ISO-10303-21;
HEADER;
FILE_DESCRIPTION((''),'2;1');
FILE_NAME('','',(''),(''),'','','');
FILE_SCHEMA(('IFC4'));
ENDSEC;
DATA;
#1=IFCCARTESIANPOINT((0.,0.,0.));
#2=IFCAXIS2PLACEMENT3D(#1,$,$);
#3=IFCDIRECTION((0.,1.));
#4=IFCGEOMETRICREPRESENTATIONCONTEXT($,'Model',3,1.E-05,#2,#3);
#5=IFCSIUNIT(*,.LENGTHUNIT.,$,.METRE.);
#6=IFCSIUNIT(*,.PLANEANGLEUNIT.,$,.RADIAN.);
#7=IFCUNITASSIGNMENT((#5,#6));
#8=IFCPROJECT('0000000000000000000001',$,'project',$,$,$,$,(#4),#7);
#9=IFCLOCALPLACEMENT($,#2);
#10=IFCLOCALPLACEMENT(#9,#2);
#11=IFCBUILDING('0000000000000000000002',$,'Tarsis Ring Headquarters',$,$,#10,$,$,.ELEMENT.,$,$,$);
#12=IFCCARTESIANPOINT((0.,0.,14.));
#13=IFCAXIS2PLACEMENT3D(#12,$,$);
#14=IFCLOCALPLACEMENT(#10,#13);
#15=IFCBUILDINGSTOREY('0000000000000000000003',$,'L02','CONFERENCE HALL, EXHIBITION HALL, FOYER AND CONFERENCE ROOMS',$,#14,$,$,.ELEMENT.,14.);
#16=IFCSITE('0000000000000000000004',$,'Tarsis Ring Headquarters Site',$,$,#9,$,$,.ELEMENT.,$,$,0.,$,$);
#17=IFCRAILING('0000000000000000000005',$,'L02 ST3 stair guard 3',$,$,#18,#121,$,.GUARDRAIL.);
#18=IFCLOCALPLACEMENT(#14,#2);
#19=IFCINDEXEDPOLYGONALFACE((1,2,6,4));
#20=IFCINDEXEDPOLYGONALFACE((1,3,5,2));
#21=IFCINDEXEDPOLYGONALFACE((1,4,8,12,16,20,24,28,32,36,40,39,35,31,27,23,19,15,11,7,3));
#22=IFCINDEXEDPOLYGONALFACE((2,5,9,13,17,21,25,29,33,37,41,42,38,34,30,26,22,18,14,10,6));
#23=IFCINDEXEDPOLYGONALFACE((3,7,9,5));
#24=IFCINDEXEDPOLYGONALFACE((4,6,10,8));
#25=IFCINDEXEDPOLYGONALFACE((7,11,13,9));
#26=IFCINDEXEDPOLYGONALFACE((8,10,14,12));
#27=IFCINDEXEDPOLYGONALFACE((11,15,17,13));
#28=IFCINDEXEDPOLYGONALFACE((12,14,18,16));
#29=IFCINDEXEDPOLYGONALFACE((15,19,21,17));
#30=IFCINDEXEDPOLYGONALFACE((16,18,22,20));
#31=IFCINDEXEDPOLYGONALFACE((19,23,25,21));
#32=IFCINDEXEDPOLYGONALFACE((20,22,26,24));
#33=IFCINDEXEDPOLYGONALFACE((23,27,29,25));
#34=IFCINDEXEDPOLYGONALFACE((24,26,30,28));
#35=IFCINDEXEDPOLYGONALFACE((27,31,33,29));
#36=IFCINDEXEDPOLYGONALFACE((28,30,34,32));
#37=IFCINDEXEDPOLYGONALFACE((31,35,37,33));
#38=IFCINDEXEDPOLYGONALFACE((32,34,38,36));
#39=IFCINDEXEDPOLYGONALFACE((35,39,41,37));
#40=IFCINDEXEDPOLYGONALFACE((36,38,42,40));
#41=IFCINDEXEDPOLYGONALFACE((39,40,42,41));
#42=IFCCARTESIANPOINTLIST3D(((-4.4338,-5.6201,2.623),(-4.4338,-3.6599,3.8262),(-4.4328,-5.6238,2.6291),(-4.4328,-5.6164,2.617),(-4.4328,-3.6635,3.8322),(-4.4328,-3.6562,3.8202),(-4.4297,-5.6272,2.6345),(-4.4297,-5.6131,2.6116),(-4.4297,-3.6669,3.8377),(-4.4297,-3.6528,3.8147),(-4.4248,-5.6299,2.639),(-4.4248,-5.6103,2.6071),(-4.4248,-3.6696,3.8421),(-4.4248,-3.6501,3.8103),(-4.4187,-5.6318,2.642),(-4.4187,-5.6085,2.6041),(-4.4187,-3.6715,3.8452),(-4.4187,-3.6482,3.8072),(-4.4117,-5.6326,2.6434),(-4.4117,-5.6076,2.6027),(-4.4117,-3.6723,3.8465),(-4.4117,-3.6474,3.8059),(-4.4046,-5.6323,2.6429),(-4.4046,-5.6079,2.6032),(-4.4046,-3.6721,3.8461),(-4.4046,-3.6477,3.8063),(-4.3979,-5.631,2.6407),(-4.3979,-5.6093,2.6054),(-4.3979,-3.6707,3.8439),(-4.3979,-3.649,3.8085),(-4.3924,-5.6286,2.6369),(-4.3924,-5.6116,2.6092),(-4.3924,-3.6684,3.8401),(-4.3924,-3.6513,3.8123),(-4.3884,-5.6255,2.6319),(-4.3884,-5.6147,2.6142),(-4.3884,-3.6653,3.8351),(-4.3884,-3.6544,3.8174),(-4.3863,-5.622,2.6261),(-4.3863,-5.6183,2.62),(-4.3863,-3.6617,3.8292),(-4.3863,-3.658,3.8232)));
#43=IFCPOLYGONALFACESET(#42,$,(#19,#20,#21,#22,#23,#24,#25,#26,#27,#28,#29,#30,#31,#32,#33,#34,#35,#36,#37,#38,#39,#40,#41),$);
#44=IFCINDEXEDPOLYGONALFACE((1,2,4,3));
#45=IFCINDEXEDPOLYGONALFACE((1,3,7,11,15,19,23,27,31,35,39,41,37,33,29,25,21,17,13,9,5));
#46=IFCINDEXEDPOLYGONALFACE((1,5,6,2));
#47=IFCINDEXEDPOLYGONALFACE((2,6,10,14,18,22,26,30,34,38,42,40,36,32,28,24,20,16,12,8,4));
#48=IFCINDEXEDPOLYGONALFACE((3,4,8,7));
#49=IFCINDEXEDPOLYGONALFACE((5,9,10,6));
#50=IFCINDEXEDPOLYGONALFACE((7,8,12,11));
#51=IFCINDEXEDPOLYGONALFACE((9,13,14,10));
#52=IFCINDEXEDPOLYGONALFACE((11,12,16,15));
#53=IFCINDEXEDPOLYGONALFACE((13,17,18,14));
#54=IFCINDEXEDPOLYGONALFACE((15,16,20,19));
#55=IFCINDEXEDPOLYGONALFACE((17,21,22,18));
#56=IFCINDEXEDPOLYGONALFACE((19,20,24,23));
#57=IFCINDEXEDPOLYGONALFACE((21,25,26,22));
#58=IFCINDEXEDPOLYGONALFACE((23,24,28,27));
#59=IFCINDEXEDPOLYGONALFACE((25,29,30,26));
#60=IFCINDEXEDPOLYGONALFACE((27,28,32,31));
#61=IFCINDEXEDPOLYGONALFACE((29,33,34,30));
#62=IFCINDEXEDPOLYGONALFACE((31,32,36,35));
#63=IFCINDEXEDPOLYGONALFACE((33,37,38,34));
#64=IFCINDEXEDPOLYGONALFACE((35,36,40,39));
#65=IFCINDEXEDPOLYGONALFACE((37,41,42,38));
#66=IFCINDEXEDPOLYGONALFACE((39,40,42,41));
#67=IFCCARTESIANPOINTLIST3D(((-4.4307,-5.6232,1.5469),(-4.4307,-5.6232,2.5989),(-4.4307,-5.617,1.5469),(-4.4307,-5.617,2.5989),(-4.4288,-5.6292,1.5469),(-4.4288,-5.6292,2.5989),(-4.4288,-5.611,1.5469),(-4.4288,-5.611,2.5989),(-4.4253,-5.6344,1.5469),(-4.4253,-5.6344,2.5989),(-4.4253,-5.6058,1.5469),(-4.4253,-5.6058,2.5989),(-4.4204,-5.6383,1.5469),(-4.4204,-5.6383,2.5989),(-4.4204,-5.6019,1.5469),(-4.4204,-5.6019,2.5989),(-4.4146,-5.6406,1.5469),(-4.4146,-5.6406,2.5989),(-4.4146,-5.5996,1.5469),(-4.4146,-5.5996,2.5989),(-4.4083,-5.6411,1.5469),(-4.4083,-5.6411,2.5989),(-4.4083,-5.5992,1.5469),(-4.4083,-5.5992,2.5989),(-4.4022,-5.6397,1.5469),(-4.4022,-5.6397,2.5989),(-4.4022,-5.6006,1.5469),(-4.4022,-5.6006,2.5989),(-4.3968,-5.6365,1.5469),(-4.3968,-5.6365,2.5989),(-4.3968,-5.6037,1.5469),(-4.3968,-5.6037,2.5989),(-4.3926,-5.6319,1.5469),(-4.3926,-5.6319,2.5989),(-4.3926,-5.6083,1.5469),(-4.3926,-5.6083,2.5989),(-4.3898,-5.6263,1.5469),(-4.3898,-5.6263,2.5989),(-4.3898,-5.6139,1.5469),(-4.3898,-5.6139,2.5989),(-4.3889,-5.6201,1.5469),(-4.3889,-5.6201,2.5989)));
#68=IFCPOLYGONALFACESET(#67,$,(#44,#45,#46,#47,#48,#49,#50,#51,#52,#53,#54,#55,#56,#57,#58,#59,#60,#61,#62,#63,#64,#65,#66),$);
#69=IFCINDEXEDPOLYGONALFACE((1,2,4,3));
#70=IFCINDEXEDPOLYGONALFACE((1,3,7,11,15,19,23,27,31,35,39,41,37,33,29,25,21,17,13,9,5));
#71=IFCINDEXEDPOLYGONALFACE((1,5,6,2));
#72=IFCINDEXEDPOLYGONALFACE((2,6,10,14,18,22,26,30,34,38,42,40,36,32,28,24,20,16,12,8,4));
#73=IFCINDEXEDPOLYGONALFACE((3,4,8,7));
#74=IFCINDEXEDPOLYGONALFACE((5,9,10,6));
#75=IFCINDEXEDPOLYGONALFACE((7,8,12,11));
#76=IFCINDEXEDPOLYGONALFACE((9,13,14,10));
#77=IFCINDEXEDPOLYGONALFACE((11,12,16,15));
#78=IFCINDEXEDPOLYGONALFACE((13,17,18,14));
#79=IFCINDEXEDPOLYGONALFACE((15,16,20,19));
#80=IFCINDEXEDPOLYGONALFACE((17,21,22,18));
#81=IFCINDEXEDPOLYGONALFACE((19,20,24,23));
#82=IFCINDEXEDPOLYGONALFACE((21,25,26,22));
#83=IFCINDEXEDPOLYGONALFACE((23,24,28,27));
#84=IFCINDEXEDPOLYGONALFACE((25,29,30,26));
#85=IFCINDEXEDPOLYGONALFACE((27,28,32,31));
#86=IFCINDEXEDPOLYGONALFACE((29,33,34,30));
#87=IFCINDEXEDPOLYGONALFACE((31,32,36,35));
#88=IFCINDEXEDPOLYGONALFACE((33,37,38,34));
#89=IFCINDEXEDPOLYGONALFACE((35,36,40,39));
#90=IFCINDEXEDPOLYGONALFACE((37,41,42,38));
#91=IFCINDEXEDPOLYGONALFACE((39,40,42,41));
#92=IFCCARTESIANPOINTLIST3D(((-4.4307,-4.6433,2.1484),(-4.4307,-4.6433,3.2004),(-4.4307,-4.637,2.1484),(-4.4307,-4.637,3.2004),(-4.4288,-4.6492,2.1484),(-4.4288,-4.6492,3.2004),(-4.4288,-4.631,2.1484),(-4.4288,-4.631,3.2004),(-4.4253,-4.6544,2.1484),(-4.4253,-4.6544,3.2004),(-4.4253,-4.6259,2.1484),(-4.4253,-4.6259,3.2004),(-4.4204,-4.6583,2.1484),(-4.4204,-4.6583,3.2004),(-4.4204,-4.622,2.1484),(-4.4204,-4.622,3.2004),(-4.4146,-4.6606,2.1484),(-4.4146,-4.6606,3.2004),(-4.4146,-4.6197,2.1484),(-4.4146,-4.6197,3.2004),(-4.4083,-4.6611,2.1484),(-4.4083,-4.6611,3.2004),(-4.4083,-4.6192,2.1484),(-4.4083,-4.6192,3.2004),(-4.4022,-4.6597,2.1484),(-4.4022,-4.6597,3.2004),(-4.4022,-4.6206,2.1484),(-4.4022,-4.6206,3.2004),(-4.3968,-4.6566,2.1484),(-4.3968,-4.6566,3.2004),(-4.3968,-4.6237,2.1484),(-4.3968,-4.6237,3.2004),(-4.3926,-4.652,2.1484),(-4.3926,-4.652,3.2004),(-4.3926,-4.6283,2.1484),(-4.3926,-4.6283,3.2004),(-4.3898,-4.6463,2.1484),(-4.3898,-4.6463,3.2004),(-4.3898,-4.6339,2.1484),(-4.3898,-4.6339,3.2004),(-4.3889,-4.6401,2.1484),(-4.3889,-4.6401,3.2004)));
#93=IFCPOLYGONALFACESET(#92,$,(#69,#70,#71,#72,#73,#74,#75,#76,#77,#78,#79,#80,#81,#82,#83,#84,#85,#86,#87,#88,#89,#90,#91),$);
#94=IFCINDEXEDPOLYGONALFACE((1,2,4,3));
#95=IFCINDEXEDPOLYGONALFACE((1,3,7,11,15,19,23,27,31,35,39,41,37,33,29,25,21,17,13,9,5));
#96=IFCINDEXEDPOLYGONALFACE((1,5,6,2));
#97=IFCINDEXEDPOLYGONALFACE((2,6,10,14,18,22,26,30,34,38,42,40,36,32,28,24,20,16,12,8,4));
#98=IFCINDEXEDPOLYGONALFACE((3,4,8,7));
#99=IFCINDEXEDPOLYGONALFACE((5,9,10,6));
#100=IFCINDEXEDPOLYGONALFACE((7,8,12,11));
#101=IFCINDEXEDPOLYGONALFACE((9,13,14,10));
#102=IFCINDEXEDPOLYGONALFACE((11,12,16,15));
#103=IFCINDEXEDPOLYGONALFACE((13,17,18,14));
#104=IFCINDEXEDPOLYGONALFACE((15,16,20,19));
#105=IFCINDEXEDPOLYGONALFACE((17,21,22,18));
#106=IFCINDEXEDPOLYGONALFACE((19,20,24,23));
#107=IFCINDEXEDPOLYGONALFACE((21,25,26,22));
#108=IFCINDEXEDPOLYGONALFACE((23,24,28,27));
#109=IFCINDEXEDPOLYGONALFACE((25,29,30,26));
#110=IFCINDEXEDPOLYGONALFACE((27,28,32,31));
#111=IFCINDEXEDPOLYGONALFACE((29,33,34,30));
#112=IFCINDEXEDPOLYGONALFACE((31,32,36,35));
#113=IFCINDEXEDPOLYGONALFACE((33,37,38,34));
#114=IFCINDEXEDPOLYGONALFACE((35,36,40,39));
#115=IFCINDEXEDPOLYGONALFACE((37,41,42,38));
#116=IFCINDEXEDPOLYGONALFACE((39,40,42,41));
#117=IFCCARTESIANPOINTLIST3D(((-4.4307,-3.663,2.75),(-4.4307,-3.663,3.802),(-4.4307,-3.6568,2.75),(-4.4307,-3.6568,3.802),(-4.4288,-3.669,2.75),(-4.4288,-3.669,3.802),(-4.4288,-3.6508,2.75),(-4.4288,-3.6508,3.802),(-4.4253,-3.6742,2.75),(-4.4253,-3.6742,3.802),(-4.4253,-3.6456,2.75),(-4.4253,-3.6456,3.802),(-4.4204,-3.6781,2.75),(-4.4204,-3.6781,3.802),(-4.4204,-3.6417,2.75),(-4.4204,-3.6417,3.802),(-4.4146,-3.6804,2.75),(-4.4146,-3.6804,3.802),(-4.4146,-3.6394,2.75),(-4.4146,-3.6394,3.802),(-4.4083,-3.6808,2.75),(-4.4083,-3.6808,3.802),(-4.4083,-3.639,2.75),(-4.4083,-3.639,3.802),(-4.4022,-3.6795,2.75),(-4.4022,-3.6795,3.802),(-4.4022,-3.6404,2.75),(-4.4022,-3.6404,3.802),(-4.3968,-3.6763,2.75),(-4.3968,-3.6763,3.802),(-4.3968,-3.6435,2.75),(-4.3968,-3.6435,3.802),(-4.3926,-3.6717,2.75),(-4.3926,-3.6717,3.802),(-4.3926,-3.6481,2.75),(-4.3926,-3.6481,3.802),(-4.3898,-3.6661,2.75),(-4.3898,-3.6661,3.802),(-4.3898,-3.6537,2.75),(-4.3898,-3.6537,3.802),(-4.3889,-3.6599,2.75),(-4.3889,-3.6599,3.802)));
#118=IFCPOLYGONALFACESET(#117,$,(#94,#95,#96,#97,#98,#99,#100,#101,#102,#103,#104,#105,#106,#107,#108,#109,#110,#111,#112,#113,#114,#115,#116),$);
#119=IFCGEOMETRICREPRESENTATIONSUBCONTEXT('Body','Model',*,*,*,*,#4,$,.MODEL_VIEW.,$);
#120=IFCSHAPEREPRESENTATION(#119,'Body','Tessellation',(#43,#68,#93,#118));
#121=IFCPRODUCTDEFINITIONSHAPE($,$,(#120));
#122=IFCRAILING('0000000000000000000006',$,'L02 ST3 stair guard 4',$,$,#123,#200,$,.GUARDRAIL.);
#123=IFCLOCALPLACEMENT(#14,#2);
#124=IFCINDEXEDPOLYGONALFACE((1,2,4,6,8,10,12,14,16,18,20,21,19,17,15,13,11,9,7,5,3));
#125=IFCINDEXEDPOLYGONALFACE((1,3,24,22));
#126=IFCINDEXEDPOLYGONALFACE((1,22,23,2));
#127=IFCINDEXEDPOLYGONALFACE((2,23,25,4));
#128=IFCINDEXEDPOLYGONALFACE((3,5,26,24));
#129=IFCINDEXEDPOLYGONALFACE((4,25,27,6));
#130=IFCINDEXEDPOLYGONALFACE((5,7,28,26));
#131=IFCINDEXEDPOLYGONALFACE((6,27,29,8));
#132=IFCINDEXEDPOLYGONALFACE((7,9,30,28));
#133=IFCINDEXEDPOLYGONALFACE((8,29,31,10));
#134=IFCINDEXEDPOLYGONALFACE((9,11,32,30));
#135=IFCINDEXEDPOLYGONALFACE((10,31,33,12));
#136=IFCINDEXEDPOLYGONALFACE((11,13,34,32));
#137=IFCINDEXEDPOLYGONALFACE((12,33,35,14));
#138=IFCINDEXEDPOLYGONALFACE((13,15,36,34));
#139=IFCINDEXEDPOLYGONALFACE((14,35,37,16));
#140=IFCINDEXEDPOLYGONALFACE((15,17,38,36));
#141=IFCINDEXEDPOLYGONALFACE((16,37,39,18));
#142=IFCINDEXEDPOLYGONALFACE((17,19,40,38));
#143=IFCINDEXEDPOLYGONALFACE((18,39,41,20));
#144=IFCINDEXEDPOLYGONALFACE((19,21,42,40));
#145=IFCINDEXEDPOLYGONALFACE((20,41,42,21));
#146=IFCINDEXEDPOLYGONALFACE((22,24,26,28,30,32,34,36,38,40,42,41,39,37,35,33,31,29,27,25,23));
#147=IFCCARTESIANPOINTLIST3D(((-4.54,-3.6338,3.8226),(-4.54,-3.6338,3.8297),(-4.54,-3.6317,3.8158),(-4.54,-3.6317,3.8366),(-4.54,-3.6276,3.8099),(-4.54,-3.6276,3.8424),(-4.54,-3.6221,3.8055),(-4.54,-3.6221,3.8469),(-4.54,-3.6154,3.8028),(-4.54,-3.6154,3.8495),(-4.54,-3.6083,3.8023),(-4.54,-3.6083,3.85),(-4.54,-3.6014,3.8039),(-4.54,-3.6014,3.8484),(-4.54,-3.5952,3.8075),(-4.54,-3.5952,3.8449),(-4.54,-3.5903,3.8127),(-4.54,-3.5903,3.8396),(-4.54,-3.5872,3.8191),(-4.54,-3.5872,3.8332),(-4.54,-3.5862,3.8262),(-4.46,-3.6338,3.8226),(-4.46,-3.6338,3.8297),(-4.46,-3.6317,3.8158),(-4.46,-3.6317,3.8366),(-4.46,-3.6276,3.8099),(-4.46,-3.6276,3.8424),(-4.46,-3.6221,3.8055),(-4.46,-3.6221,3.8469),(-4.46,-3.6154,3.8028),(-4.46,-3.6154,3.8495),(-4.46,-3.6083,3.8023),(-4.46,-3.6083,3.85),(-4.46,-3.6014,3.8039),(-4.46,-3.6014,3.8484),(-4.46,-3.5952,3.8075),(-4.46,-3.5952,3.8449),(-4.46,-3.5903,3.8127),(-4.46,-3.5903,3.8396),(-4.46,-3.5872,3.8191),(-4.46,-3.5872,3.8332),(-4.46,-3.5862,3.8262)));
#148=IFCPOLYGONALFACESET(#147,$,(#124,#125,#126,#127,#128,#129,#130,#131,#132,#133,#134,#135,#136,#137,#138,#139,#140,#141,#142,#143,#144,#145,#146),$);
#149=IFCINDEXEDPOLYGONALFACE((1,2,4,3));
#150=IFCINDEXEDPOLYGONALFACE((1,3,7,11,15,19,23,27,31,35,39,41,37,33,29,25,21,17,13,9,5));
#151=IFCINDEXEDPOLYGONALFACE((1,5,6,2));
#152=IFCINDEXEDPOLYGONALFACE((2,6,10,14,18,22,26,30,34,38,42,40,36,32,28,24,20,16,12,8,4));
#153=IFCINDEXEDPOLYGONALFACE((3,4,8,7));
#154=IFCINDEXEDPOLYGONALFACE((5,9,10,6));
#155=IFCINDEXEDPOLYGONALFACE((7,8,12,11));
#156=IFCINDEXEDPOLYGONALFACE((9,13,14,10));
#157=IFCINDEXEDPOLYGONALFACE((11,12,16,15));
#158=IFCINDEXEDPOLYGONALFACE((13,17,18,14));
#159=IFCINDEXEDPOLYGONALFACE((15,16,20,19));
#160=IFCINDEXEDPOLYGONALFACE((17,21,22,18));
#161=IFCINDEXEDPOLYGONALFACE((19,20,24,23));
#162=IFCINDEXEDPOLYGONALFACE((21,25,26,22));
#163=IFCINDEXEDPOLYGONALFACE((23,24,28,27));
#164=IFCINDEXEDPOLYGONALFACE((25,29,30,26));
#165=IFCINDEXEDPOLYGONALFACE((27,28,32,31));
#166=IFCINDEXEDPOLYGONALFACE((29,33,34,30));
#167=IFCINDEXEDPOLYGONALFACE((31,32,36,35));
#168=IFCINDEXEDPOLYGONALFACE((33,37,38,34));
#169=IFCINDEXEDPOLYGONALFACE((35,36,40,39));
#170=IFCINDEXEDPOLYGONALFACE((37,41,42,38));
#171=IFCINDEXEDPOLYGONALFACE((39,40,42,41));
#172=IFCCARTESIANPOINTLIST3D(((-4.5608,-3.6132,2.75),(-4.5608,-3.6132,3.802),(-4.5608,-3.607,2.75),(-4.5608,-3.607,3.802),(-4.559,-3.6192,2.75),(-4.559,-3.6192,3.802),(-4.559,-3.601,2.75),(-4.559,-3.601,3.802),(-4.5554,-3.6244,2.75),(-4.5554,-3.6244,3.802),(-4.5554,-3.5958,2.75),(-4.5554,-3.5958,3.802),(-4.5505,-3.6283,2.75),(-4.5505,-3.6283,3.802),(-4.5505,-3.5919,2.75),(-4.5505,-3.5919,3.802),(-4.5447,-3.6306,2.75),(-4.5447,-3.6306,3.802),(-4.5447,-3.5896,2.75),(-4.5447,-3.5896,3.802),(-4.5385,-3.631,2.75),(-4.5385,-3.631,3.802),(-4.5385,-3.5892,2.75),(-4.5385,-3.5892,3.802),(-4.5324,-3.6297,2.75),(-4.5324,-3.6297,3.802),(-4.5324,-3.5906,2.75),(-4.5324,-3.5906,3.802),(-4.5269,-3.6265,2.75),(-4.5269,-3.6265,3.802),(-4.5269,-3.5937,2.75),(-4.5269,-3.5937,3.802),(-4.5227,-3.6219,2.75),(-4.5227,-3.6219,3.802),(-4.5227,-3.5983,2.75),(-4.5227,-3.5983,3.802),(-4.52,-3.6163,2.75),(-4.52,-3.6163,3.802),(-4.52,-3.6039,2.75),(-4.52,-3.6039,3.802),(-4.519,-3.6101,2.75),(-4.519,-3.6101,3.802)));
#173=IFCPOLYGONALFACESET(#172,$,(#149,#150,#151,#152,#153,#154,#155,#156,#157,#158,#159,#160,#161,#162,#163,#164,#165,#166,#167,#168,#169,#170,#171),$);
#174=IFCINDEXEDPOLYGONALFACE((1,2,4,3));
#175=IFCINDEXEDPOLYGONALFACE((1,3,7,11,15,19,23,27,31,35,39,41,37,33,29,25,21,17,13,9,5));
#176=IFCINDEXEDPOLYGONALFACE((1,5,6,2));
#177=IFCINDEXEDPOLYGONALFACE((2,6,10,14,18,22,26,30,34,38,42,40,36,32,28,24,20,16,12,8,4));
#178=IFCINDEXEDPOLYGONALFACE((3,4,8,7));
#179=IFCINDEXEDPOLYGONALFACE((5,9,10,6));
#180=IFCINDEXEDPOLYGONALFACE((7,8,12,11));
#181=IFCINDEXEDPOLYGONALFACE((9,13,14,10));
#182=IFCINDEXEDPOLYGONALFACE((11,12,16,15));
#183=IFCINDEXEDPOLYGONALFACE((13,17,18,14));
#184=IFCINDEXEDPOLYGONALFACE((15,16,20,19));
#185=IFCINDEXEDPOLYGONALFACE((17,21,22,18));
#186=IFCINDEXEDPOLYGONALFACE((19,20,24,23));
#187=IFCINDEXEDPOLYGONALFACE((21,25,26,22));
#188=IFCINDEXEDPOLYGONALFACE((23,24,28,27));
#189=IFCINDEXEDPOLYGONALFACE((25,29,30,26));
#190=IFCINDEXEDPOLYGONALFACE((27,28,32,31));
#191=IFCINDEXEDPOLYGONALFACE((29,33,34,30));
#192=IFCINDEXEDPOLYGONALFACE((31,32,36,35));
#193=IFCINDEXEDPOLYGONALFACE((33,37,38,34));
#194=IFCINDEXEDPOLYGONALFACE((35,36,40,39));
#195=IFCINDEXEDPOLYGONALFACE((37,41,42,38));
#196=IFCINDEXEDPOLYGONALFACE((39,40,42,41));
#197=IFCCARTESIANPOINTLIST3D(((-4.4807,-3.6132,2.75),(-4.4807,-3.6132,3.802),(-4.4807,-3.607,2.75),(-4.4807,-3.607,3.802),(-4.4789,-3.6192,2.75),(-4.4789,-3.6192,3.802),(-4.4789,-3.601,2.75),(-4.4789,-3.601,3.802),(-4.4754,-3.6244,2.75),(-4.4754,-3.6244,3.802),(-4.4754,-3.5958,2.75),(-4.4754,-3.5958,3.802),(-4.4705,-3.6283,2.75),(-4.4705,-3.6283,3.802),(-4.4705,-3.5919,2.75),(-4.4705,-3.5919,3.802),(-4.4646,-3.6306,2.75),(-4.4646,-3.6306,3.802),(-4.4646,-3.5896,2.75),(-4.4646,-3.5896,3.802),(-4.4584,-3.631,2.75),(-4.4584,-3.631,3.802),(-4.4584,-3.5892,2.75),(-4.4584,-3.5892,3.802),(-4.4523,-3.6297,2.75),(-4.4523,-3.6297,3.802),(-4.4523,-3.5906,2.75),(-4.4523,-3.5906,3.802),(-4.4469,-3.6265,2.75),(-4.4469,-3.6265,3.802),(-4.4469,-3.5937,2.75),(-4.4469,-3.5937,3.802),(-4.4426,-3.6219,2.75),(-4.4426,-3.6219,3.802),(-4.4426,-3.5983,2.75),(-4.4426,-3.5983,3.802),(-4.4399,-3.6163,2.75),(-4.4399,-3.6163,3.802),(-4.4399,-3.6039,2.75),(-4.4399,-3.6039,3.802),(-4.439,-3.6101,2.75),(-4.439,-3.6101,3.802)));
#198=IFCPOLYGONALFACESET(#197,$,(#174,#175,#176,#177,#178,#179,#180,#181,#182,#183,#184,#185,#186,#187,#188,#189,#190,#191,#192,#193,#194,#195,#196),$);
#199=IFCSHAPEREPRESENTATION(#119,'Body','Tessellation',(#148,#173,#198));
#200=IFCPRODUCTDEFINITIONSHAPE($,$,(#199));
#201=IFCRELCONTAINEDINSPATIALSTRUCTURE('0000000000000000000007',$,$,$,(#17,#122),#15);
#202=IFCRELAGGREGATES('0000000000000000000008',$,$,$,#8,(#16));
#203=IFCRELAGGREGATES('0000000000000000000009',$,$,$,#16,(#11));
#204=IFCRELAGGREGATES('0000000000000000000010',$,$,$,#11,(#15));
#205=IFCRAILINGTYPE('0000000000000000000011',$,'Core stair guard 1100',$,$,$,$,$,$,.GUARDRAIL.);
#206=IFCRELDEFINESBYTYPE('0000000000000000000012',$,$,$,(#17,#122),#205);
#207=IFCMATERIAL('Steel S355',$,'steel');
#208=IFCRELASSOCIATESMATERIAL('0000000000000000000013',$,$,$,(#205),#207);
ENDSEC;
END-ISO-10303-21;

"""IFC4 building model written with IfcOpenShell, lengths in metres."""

from ifc_helpers import new_model, si_unit, direction, frame, origin, origin_2d, place, context, subcontext, project, spatial, circle, extrude, material, type_object, element, save


model = new_model("IFC4")

# Units and contexts
model_context = context("Model", 3, precision=1e-05, world=origin(), true_north=direction((0.0, 1.0)))
body_context = subcontext(model_context, "Body", "Model", "MODEL_VIEW")
ifc_project = project(units=[si_unit("LENGTHUNIT", "METRE"), si_unit("PLANEANGLEUNIT", "RADIAN")], contexts=[model_context])

# Site, building, storey
site_placement = place(None, origin())
site = spatial("IfcSite", under=ifc_project, at=site_placement, Name="Tarsis Ring Headquarters Site", CompositionType="ELEMENT", RefElevation=0.0)
building_placement = place(site_placement, origin())
building = spatial("IfcBuilding", under=site, at=building_placement, Name="Tarsis Ring Headquarters", CompositionType="ELEMENT")
storey_placement = place(building_placement, frame((0.0, 0.0, 14.0)))
storey = spatial("IfcBuildingStorey", under=building, at=storey_placement, Name="L02", Description="CONFERENCE HALL, EXHIBITION HALL, FOYER AND CONFERENCE ROOMS", CompositionType="ELEMENT", Elevation=14.0)

# Railings
ifc_material_1 = material(Name="Steel S355", Category="steel")
railing_type_1 = type_object("IfcRailingType", Name="Core stair guard 1100", PredefinedType="GUARDRAIL", material=ifc_material_1)
railing_1_placement = place(storey_placement, frame((-4.4099, -5.6201, 1.5469)))
element("IfcRailing", 1, at=railing_1_placement, inside=storey, type_object=railing_type_1, Name="L02 ST3 stair guard 3", PredefinedType="GUARDRAIL", context=body_context, shape_type="SweptSolid", body=[
    extrude(circle(Radius=0.0239, at=origin_2d()), frame((0.0, 0.0, 1.0762), z_axis=(0.0, 0.85227, 0.523102), x_axis=(-1.0, 0.0, 0.0)), (0.0, 0.0, 1.0), 2.3),
    extrude(circle(Radius=0.021, at=origin_2d()), origin(), (0.0, 0.0, 1.0), 1.052),
    extrude(circle(Radius=0.021, at=origin_2d()), frame((0.0, 0.98, 0.6016)), (0.0, 0.0, 1.0), 1.052),
    extrude(circle(Radius=0.021, at=origin_2d()), frame((0.0, 1.9602, 1.2031)), (0.0, 0.0, 1.0), 1.052),
])
railing_2_placement = place(storey_placement, frame((-4.54, -3.6101, 2.75)))
element("IfcRailing", 2, at=railing_2_placement, inside=storey, type_object=railing_type_1, Name="L02 ST3 stair guard 4", PredefinedType="GUARDRAIL", context=body_context, shape_type="SweptSolid", body=[
    extrude(circle(Radius=0.0239, at=origin_2d()), frame((0.0, 0.0, 1.0762), z_axis=(1.0, 0.0, 0.0), x_axis=(0.0, 1.0, 0.0)), (0.0, 0.0, 1.0), 0.0801),
    extrude(circle(Radius=0.021, at=origin_2d()), origin(), (0.0, 0.0, 1.0), 1.052),
    extrude(circle(Radius=0.021, at=origin_2d()), frame((0.0801, 0.0, 0.0)), (0.0, 0.0, 1.0), 1.052),
])

save(model, "model.ifc")
